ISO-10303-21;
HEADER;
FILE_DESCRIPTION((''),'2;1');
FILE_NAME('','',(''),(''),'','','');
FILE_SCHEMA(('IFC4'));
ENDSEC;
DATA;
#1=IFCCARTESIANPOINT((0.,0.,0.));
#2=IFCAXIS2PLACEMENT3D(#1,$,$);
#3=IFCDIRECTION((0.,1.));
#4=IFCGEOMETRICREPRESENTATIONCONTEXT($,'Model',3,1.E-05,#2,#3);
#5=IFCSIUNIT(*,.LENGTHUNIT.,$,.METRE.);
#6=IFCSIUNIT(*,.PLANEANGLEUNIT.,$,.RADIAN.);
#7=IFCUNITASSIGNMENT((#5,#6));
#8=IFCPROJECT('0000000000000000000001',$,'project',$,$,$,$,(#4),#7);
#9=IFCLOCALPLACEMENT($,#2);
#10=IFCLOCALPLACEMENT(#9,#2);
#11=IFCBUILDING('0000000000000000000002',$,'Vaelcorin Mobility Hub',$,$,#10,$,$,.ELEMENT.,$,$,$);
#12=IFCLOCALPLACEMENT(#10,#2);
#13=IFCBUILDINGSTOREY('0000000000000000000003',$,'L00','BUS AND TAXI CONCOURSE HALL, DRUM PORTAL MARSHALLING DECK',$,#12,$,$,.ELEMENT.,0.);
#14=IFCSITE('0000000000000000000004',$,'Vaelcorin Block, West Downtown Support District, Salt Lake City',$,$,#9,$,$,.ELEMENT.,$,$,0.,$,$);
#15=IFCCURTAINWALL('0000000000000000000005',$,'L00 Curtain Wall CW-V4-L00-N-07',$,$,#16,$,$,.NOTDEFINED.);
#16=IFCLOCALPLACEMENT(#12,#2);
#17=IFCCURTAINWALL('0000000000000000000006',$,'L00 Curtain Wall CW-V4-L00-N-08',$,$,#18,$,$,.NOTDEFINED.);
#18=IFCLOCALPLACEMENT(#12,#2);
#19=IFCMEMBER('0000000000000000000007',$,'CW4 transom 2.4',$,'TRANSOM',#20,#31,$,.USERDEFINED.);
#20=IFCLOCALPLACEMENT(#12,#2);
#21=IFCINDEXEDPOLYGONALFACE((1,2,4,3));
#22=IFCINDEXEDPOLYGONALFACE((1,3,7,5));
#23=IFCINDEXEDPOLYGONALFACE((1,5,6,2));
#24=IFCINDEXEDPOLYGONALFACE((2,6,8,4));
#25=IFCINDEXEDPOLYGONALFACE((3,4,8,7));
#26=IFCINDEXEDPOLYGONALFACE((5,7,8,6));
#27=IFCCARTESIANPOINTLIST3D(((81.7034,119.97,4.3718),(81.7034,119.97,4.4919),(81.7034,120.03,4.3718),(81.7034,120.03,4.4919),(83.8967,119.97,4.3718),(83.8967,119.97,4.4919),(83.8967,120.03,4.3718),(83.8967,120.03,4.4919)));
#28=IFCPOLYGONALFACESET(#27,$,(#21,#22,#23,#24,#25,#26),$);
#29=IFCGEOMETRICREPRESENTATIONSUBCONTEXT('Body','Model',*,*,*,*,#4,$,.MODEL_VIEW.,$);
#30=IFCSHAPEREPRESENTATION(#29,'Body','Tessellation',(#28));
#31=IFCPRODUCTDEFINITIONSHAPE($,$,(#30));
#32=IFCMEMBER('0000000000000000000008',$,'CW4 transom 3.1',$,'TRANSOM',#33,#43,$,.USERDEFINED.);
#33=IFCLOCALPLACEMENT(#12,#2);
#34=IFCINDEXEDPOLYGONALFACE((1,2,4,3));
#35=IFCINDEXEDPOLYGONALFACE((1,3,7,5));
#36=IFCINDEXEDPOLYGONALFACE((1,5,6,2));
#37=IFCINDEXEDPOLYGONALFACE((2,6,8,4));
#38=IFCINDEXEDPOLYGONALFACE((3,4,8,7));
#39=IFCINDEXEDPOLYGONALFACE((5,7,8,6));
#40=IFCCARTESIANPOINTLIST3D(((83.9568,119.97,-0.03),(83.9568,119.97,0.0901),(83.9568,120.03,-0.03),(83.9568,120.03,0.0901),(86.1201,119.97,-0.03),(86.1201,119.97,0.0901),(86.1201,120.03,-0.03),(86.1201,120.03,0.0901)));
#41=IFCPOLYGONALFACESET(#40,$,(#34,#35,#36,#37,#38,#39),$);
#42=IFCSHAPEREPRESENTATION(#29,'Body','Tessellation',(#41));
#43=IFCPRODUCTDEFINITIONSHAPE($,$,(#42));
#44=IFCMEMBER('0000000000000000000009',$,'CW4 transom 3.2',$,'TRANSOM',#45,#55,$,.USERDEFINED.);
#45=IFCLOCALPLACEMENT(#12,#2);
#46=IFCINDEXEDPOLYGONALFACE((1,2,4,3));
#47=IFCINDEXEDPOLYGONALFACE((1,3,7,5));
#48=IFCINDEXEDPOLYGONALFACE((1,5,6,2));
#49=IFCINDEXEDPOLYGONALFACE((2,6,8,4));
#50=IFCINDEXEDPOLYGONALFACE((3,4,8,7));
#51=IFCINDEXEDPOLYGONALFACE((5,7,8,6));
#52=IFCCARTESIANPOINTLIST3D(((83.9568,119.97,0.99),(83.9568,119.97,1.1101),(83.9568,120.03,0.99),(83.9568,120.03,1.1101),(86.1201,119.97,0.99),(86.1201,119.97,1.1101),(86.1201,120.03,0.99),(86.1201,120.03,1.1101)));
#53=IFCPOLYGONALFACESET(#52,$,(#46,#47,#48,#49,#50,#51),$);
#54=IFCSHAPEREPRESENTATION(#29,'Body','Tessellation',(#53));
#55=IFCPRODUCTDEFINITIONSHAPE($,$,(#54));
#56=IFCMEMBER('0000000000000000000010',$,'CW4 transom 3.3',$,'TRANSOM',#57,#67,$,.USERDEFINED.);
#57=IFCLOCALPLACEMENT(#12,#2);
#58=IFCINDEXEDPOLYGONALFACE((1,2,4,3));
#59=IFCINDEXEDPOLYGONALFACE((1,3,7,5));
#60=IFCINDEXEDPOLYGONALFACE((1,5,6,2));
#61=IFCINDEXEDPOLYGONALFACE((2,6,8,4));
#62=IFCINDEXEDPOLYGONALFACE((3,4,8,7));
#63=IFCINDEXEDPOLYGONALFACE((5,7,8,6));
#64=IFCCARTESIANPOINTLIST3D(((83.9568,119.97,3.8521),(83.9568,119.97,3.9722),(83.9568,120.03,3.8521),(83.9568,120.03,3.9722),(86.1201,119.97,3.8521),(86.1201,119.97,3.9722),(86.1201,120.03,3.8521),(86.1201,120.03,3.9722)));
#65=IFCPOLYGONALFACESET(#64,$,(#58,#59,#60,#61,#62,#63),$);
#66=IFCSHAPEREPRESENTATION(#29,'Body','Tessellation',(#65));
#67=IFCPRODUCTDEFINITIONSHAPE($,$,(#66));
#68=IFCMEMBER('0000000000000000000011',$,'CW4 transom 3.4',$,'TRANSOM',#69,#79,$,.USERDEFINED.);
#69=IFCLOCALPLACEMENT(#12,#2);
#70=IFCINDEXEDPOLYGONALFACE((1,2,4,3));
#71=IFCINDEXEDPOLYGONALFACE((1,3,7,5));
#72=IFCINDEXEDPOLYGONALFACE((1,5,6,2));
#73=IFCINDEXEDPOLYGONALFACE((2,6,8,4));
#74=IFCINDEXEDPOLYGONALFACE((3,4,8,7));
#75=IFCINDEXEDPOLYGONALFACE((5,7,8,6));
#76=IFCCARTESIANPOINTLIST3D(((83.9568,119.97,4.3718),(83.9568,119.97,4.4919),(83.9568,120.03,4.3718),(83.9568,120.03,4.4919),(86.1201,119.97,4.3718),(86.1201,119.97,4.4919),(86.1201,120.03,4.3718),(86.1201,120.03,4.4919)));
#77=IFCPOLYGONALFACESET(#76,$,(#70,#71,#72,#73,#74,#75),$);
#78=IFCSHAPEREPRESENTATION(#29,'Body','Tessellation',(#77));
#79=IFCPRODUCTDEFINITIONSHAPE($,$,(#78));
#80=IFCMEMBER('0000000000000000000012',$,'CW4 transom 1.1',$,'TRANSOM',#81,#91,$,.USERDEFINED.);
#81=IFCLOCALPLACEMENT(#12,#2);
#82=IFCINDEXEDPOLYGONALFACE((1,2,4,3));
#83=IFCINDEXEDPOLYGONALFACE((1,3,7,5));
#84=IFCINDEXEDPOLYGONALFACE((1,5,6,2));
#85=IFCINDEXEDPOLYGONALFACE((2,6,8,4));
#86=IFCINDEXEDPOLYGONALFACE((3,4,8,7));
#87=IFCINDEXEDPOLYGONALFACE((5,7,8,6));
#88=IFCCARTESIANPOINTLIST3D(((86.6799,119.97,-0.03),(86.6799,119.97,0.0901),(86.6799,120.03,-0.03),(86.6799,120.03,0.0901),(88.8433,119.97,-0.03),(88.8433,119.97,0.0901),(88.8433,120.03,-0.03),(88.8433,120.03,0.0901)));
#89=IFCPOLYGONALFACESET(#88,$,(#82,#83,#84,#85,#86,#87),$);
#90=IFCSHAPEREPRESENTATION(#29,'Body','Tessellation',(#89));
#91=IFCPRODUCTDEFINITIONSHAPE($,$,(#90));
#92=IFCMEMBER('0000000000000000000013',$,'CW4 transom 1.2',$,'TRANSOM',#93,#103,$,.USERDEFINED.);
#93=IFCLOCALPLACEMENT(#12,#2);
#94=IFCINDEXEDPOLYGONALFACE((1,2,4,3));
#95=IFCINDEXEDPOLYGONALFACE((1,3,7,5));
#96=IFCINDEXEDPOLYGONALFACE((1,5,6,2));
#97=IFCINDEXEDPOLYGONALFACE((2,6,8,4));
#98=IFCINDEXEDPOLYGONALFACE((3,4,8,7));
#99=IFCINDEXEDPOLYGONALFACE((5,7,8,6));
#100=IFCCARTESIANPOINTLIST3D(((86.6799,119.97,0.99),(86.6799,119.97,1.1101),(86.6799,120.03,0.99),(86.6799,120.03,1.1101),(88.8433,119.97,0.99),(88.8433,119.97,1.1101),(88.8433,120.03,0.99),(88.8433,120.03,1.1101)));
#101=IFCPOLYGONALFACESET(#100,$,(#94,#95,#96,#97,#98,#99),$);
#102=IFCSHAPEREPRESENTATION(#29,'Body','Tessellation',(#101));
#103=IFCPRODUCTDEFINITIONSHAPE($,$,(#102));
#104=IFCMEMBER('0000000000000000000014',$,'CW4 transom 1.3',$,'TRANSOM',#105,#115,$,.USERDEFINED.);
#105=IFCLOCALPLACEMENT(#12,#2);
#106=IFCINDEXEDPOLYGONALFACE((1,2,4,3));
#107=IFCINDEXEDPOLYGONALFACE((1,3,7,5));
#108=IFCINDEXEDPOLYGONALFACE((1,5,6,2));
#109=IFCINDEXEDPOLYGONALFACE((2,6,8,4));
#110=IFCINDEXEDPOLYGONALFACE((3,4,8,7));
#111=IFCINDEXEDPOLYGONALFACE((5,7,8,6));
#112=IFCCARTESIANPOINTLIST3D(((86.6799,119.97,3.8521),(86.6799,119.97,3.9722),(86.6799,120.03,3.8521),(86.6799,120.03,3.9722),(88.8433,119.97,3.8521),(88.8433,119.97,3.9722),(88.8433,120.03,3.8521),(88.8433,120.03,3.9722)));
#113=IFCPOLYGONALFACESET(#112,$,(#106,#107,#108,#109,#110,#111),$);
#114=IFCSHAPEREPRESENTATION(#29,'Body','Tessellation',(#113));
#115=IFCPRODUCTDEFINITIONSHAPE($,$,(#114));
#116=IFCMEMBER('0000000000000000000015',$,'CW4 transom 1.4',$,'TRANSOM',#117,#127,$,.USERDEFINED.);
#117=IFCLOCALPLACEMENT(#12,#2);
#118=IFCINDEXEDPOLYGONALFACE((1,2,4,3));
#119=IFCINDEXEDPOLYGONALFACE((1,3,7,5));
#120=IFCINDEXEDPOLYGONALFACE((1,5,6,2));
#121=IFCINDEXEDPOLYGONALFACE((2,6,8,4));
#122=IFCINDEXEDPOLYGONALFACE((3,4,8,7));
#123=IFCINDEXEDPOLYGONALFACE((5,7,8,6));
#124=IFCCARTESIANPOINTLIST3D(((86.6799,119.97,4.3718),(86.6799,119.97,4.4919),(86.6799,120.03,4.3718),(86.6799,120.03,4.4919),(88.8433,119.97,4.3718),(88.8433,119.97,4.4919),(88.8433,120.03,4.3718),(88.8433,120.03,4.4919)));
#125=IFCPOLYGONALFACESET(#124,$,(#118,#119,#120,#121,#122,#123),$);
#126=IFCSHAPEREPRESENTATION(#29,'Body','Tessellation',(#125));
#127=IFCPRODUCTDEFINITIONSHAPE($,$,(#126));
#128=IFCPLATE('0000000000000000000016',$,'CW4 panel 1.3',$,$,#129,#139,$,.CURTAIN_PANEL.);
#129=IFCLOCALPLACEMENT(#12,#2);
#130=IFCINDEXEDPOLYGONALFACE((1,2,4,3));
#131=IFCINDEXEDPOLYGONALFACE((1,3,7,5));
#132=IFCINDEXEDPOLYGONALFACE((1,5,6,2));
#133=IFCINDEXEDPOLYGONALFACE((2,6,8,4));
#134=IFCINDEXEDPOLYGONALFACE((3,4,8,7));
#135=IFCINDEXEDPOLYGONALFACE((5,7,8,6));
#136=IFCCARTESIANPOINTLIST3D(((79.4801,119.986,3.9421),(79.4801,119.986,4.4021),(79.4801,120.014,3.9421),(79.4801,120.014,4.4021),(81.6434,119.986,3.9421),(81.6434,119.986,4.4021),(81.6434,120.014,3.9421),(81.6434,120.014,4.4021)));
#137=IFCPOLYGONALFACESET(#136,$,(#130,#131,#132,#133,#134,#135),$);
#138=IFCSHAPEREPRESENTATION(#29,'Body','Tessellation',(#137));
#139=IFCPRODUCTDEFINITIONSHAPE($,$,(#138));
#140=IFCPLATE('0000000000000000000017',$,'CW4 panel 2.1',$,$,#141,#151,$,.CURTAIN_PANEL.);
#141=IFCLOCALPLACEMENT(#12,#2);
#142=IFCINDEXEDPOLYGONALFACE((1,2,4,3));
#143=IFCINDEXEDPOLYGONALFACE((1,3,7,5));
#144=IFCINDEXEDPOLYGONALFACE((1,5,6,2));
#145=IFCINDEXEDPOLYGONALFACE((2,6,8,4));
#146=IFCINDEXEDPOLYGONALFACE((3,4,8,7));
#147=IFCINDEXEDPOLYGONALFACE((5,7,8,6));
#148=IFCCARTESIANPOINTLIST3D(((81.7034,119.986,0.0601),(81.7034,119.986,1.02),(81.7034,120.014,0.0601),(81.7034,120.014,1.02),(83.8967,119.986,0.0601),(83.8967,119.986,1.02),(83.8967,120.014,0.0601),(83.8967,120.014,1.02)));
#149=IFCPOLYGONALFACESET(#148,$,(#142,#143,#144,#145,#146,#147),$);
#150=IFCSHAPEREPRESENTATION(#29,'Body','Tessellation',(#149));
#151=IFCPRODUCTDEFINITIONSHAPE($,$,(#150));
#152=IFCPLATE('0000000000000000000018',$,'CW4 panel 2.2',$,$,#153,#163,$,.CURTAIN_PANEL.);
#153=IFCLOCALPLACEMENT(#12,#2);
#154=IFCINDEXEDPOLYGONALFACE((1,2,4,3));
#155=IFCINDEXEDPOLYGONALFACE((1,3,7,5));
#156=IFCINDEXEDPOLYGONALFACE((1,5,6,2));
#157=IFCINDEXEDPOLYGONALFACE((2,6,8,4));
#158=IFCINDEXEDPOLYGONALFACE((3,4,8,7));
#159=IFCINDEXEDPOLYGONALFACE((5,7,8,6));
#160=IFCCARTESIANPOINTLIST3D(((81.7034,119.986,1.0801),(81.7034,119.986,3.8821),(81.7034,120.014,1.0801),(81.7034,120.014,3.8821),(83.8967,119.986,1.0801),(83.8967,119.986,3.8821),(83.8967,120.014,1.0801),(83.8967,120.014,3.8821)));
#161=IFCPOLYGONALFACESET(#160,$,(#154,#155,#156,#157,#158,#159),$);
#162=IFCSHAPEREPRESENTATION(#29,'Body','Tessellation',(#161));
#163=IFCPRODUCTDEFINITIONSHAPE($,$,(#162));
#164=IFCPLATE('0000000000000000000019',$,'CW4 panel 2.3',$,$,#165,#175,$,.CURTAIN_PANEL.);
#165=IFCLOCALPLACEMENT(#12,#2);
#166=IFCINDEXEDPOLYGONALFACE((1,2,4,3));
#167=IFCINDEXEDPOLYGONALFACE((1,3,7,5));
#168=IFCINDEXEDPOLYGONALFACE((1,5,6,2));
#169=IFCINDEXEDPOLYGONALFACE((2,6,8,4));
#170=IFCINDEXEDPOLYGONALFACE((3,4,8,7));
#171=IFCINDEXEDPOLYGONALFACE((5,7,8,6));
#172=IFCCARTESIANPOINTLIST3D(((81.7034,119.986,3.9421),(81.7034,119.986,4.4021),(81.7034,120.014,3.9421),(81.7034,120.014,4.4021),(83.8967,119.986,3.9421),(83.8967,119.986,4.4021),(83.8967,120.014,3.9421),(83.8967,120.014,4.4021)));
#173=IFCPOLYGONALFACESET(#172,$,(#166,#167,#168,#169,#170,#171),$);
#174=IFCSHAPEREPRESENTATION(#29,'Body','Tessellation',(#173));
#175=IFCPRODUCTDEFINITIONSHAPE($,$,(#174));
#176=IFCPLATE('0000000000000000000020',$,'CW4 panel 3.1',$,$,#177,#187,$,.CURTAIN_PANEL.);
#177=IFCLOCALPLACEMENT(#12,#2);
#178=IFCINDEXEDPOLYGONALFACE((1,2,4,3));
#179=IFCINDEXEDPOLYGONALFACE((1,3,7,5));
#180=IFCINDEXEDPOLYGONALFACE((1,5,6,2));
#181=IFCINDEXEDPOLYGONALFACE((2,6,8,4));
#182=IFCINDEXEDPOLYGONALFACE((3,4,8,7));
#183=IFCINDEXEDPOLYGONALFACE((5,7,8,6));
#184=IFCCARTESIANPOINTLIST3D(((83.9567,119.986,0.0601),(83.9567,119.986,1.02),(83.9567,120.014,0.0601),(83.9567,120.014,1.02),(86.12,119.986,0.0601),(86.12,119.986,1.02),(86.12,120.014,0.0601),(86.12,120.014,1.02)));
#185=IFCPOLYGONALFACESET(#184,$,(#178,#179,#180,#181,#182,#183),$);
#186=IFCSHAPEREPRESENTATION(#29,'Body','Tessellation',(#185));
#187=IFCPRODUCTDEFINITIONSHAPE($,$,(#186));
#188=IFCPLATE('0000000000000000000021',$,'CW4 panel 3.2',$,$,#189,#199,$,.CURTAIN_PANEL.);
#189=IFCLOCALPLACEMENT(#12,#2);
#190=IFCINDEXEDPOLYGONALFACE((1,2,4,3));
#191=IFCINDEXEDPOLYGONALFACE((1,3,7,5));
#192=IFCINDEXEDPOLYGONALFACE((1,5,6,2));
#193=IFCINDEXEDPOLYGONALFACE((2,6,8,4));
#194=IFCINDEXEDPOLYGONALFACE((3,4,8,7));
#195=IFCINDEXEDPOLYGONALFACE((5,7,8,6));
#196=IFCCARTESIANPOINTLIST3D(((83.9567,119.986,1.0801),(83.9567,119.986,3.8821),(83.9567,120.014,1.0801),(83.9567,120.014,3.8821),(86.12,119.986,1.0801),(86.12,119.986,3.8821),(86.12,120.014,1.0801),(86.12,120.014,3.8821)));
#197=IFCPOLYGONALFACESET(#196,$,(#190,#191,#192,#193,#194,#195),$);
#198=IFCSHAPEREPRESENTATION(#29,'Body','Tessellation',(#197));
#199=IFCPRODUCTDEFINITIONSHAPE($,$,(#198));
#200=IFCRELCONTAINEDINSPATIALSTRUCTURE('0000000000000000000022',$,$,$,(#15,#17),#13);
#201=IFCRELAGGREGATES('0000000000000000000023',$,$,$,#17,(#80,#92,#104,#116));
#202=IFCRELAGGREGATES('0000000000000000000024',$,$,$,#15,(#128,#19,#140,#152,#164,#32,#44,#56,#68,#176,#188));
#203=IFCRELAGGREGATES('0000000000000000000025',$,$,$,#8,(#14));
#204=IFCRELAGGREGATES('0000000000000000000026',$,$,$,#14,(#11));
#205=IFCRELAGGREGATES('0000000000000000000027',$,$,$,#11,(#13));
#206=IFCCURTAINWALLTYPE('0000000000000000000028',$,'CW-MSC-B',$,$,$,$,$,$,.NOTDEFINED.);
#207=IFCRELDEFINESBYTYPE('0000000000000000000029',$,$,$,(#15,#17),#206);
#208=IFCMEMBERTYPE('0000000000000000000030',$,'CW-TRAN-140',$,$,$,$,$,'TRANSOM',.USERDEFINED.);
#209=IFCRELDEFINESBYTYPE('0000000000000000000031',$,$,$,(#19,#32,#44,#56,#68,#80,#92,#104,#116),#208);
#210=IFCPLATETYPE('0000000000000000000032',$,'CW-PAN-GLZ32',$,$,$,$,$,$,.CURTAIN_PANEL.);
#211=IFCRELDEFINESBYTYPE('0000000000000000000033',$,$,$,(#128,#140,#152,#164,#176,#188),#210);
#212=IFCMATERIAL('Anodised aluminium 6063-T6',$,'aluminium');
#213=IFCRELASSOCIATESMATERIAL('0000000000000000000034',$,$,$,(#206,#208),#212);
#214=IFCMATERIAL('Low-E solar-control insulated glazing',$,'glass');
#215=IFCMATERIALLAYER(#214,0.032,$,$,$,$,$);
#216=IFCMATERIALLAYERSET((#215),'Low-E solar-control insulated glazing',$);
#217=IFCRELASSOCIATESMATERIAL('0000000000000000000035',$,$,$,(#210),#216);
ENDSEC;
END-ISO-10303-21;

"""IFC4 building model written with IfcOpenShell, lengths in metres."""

from ifc_helpers import new_model, si_unit, direction, frame, origin, origin_2d, place, context, subcontext, project, spatial, rectangle, extrude, material, layer, layer_set, material_profile, profile_set, type_object, element, aggregate, save


model = new_model("IFC4")

# Units and contexts
model_context = context("Model", 3, precision=1e-05, world=origin(), true_north=direction((0.0, 1.0)))
body_context = subcontext(model_context, "Body", "Model", "MODEL_VIEW")
ifc_project = project(units=[si_unit("LENGTHUNIT", "METRE"), si_unit("PLANEANGLEUNIT", "RADIAN")], contexts=[model_context])

# Site, building, storey
site_placement = place(None, origin())
site = spatial("IfcSite", under=ifc_project, at=site_placement, Name="Vaelcorin Block, West Downtown Support District, Salt Lake City", CompositionType="ELEMENT", RefElevation=0.0)
building_placement = place(site_placement, origin())
building = spatial("IfcBuilding", under=site, at=building_placement, Name="Vaelcorin Mobility Hub", CompositionType="ELEMENT")
storey_placement = place(building_placement, origin())
storey = spatial("IfcBuildingStorey", under=building, at=storey_placement, Name="L00", Description="BUS AND TAXI CONCOURSE HALL, DRUM PORTAL MARSHALLING DECK", CompositionType="ELEMENT", Elevation=0.0)

# Curtain wall
ifc_material_1 = material(Name="Anodised aluminium 6063-T6", Category="aluminium")
curtain_wall_type = type_object("IfcCurtainWallType", Name="CW-MSC-B", PredefinedType="NOTDEFINED", material=ifc_material_1)
curtain_wall_1_placement = place(storey_placement, origin())
curtain_wall_1 = element("IfcCurtainWall", 1, at=curtain_wall_1_placement, inside=storey, type_object=curtain_wall_type, Name="L00 Curtain Wall CW-V4-L00-N-07", PredefinedType="NOTDEFINED")

# Curtain wall
curtain_wall_2_placement = place(storey_placement, origin())
curtain_wall_2 = element("IfcCurtainWall", 2, at=curtain_wall_2_placement, inside=storey, type_object=curtain_wall_type, Name="L00 Curtain Wall CW-V4-L00-N-08", PredefinedType="NOTDEFINED")

# Members
ifc_material_profile_1 = material_profile(ifc_material_1, rectangle(XDim=0.0601, YDim=0.1201, at=origin_2d()), Name="ALU-T60X120")
ifc_profile_set_1 = profile_set([ifc_material_profile_1], Name="Anodised aluminium 6063-T6")
member_type_1 = type_object("IfcMemberType", Name="CW-TRAN-140", ElementType="TRANSOM", PredefinedType="USERDEFINED", material=ifc_profile_set_1)
member_1_placement = place(storey_placement, frame((81.7034, 120.0, 4.4319), z_axis=(1.0, 0.0, 0.0), x_axis=(0.0, 1.0, 0.0)))
member_1 = element("IfcMember", 3, at=member_1_placement, type_object=member_type_1, Name="CW4 transom 2.4", ObjectType="TRANSOM", PredefinedType="USERDEFINED", context=body_context, shape_type="SweptSolid", body=[
    extrude(rectangle(XDim=0.0601, YDim=0.1201, at=origin_2d()), origin(), (0.0, 0.0, 1.0), 2.1934),
])
member_2_placement = place(storey_placement, frame((83.9568, 120.0, 0.03), z_axis=(1.0, 0.0, 0.0), x_axis=(0.0, 1.0, 0.0)))
member_2 = element("IfcMember", 4, at=member_2_placement, type_object=member_type_1, Name="CW4 transom 3.1", ObjectType="TRANSOM", PredefinedType="USERDEFINED", context=body_context, shape_type="SweptSolid", body=[
    extrude(rectangle(XDim=0.0601, YDim=0.1201, at=origin_2d()), origin(), (0.0, 0.0, 1.0), 2.1633),
])
member_3_placement = place(storey_placement, frame((83.9568, 120.0, 1.05), z_axis=(1.0, 0.0, 0.0), x_axis=(0.0, 1.0, 0.0)))
member_3 = element("IfcMember", 5, at=member_3_placement, type_object=member_type_1, Name="CW4 transom 3.2", ObjectType="TRANSOM", PredefinedType="USERDEFINED", context=body_context, shape_type="SweptSolid", body=[
    extrude(rectangle(XDim=0.0601, YDim=0.1201, at=origin_2d()), origin(), (0.0, 0.0, 1.0), 2.1633),
])
member_4_placement = place(storey_placement, frame((83.9568, 120.0, 3.9121), z_axis=(1.0, 0.0, 0.0), x_axis=(0.0, 1.0, 0.0)))
member_4 = element("IfcMember", 6, at=member_4_placement, type_object=member_type_1, Name="CW4 transom 3.3", ObjectType="TRANSOM", PredefinedType="USERDEFINED", context=body_context, shape_type="SweptSolid", body=[
    extrude(rectangle(XDim=0.0601, YDim=0.1201, at=origin_2d()), origin(), (0.0, 0.0, 1.0), 2.1633),
])
member_5_placement = place(storey_placement, frame((83.9568, 120.0, 4.4319), z_axis=(1.0, 0.0, 0.0), x_axis=(0.0, 1.0, 0.0)))
member_5 = element("IfcMember", 7, at=member_5_placement, type_object=member_type_1, Name="CW4 transom 3.4", ObjectType="TRANSOM", PredefinedType="USERDEFINED", context=body_context, shape_type="SweptSolid", body=[
    extrude(rectangle(XDim=0.0601, YDim=0.1201, at=origin_2d()), origin(), (0.0, 0.0, 1.0), 2.1633),
])
member_6_placement = place(storey_placement, frame((86.6799, 120.0, 0.03), z_axis=(1.0, 0.0, 0.0), x_axis=(0.0, 1.0, 0.0)))
member_6 = element("IfcMember", 8, at=member_6_placement, type_object=member_type_1, Name="CW4 transom 1.1", ObjectType="TRANSOM", PredefinedType="USERDEFINED", context=body_context, shape_type="SweptSolid", body=[
    extrude(rectangle(XDim=0.0601, YDim=0.1201, at=origin_2d()), origin(), (0.0, 0.0, 1.0), 2.1633),
])
member_7_placement = place(storey_placement, frame((86.6799, 120.0, 1.05), z_axis=(1.0, 0.0, 0.0), x_axis=(0.0, 1.0, 0.0)))
member_7 = element("IfcMember", 9, at=member_7_placement, type_object=member_type_1, Name="CW4 transom 1.2", ObjectType="TRANSOM", PredefinedType="USERDEFINED", context=body_context, shape_type="SweptSolid", body=[
    extrude(rectangle(XDim=0.0601, YDim=0.1201, at=origin_2d()), origin(), (0.0, 0.0, 1.0), 2.1633),
])
member_8_placement = place(storey_placement, frame((86.6799, 120.0, 3.9121), z_axis=(1.0, 0.0, 0.0), x_axis=(0.0, 1.0, 0.0)))
member_8 = element("IfcMember", 10, at=member_8_placement, type_object=member_type_1, Name="CW4 transom 1.3", ObjectType="TRANSOM", PredefinedType="USERDEFINED", context=body_context, shape_type="SweptSolid", body=[
    extrude(rectangle(XDim=0.0601, YDim=0.1201, at=origin_2d()), origin(), (0.0, 0.0, 1.0), 2.1633),
])
member_9_placement = place(storey_placement, frame((86.6799, 120.0, 4.4319), z_axis=(1.0, 0.0, 0.0), x_axis=(0.0, 1.0, 0.0)))
member_9 = element("IfcMember", 11, at=member_9_placement, type_object=member_type_1, Name="CW4 transom 1.4", ObjectType="TRANSOM", PredefinedType="USERDEFINED", context=body_context, shape_type="SweptSolid", body=[
    extrude(rectangle(XDim=0.0601, YDim=0.1201, at=origin_2d()), origin(), (0.0, 0.0, 1.0), 2.1633),
])
aggregate(curtain_wall_2, [member_6, member_7, member_8, member_9])

# Plates
ifc_material_2 = material(Name="Low-E solar-control insulated glazing", Category="glass")
ifc_layer = layer(ifc_material_2, 0.032)
ifc_layer_set = layer_set([ifc_layer], Name="Low-E solar-control insulated glazing")
plate_type = type_object("IfcPlateType", Name="CW-PAN-GLZ32", PredefinedType="CURTAIN_PANEL", material=ifc_layer_set)
plate_1_placement = place(storey_placement, frame((80.5618, 120.0, 3.9421), z_axis=(0.0, 0.0, 1.0), x_axis=(1.0, 0.0, 0.0)))
plate_1 = element("IfcPlate", 12, at=plate_1_placement, type_object=plate_type, Name="CW4 panel 1.3", PredefinedType="CURTAIN_PANEL", context=body_context, shape_type="SweptSolid", body=[
    extrude(rectangle(XDim=2.1633, YDim=0.0281, at=origin_2d()), origin(), (0.0, 0.0, 1.0), 0.46),
])
plate_2_placement = place(storey_placement, frame((82.8, 120.0, 0.0601), z_axis=(0.0, 0.0, 1.0), x_axis=(1.0, 0.0, 0.0)))
plate_2 = element("IfcPlate", 13, at=plate_2_placement, type_object=plate_type, Name="CW4 panel 2.1", PredefinedType="CURTAIN_PANEL", context=body_context, shape_type="SweptSolid", body=[
    extrude(rectangle(XDim=2.1934, YDim=0.0281, at=origin_2d()), origin(), (0.0, 0.0, 1.0), 0.96),
])
plate_3_placement = place(storey_placement, frame((82.8, 120.0, 1.0801), z_axis=(0.0, 0.0, 1.0), x_axis=(1.0, 0.0, 0.0)))
plate_3 = element("IfcPlate", 14, at=plate_3_placement, type_object=plate_type, Name="CW4 panel 2.2", PredefinedType="CURTAIN_PANEL", context=body_context, shape_type="SweptSolid", body=[
    extrude(rectangle(XDim=2.1934, YDim=0.0281, at=origin_2d()), origin(), (0.0, 0.0, 1.0), 2.802),
])
plate_4_placement = place(storey_placement, frame((82.8, 120.0, 3.9421), z_axis=(0.0, 0.0, 1.0), x_axis=(1.0, 0.0, 0.0)))
plate_4 = element("IfcPlate", 15, at=plate_4_placement, type_object=plate_type, Name="CW4 panel 2.3", PredefinedType="CURTAIN_PANEL", context=body_context, shape_type="SweptSolid", body=[
    extrude(rectangle(XDim=2.1934, YDim=0.0281, at=origin_2d()), origin(), (0.0, 0.0, 1.0), 0.46),
])
plate_5_placement = place(storey_placement, frame((85.0383, 120.0, 0.0601), z_axis=(0.0, 0.0, 1.0), x_axis=(1.0, 0.0, 0.0)))
plate_5 = element("IfcPlate", 16, at=plate_5_placement, type_object=plate_type, Name="CW4 panel 3.1", PredefinedType="CURTAIN_PANEL", context=body_context, shape_type="SweptSolid", body=[
    extrude(rectangle(XDim=2.1633, YDim=0.0281, at=origin_2d()), origin(), (0.0, 0.0, 1.0), 0.96),
])
plate_6_placement = place(storey_placement, frame((85.0383, 120.0, 1.0801), z_axis=(0.0, 0.0, 1.0), x_axis=(1.0, 0.0, 0.0)))
plate_6 = element("IfcPlate", 17, at=plate_6_placement, type_object=plate_type, Name="CW4 panel 3.2", PredefinedType="CURTAIN_PANEL", context=body_context, shape_type="SweptSolid", body=[
    extrude(rectangle(XDim=2.1633, YDim=0.0281, at=origin_2d()), origin(), (0.0, 0.0, 1.0), 2.802),
])
aggregate(curtain_wall_1, [plate_1, member_1, plate_2, plate_3, plate_4, member_2, member_3, member_4, member_5, plate_5, plate_6])

save(model, "model.ifc")
